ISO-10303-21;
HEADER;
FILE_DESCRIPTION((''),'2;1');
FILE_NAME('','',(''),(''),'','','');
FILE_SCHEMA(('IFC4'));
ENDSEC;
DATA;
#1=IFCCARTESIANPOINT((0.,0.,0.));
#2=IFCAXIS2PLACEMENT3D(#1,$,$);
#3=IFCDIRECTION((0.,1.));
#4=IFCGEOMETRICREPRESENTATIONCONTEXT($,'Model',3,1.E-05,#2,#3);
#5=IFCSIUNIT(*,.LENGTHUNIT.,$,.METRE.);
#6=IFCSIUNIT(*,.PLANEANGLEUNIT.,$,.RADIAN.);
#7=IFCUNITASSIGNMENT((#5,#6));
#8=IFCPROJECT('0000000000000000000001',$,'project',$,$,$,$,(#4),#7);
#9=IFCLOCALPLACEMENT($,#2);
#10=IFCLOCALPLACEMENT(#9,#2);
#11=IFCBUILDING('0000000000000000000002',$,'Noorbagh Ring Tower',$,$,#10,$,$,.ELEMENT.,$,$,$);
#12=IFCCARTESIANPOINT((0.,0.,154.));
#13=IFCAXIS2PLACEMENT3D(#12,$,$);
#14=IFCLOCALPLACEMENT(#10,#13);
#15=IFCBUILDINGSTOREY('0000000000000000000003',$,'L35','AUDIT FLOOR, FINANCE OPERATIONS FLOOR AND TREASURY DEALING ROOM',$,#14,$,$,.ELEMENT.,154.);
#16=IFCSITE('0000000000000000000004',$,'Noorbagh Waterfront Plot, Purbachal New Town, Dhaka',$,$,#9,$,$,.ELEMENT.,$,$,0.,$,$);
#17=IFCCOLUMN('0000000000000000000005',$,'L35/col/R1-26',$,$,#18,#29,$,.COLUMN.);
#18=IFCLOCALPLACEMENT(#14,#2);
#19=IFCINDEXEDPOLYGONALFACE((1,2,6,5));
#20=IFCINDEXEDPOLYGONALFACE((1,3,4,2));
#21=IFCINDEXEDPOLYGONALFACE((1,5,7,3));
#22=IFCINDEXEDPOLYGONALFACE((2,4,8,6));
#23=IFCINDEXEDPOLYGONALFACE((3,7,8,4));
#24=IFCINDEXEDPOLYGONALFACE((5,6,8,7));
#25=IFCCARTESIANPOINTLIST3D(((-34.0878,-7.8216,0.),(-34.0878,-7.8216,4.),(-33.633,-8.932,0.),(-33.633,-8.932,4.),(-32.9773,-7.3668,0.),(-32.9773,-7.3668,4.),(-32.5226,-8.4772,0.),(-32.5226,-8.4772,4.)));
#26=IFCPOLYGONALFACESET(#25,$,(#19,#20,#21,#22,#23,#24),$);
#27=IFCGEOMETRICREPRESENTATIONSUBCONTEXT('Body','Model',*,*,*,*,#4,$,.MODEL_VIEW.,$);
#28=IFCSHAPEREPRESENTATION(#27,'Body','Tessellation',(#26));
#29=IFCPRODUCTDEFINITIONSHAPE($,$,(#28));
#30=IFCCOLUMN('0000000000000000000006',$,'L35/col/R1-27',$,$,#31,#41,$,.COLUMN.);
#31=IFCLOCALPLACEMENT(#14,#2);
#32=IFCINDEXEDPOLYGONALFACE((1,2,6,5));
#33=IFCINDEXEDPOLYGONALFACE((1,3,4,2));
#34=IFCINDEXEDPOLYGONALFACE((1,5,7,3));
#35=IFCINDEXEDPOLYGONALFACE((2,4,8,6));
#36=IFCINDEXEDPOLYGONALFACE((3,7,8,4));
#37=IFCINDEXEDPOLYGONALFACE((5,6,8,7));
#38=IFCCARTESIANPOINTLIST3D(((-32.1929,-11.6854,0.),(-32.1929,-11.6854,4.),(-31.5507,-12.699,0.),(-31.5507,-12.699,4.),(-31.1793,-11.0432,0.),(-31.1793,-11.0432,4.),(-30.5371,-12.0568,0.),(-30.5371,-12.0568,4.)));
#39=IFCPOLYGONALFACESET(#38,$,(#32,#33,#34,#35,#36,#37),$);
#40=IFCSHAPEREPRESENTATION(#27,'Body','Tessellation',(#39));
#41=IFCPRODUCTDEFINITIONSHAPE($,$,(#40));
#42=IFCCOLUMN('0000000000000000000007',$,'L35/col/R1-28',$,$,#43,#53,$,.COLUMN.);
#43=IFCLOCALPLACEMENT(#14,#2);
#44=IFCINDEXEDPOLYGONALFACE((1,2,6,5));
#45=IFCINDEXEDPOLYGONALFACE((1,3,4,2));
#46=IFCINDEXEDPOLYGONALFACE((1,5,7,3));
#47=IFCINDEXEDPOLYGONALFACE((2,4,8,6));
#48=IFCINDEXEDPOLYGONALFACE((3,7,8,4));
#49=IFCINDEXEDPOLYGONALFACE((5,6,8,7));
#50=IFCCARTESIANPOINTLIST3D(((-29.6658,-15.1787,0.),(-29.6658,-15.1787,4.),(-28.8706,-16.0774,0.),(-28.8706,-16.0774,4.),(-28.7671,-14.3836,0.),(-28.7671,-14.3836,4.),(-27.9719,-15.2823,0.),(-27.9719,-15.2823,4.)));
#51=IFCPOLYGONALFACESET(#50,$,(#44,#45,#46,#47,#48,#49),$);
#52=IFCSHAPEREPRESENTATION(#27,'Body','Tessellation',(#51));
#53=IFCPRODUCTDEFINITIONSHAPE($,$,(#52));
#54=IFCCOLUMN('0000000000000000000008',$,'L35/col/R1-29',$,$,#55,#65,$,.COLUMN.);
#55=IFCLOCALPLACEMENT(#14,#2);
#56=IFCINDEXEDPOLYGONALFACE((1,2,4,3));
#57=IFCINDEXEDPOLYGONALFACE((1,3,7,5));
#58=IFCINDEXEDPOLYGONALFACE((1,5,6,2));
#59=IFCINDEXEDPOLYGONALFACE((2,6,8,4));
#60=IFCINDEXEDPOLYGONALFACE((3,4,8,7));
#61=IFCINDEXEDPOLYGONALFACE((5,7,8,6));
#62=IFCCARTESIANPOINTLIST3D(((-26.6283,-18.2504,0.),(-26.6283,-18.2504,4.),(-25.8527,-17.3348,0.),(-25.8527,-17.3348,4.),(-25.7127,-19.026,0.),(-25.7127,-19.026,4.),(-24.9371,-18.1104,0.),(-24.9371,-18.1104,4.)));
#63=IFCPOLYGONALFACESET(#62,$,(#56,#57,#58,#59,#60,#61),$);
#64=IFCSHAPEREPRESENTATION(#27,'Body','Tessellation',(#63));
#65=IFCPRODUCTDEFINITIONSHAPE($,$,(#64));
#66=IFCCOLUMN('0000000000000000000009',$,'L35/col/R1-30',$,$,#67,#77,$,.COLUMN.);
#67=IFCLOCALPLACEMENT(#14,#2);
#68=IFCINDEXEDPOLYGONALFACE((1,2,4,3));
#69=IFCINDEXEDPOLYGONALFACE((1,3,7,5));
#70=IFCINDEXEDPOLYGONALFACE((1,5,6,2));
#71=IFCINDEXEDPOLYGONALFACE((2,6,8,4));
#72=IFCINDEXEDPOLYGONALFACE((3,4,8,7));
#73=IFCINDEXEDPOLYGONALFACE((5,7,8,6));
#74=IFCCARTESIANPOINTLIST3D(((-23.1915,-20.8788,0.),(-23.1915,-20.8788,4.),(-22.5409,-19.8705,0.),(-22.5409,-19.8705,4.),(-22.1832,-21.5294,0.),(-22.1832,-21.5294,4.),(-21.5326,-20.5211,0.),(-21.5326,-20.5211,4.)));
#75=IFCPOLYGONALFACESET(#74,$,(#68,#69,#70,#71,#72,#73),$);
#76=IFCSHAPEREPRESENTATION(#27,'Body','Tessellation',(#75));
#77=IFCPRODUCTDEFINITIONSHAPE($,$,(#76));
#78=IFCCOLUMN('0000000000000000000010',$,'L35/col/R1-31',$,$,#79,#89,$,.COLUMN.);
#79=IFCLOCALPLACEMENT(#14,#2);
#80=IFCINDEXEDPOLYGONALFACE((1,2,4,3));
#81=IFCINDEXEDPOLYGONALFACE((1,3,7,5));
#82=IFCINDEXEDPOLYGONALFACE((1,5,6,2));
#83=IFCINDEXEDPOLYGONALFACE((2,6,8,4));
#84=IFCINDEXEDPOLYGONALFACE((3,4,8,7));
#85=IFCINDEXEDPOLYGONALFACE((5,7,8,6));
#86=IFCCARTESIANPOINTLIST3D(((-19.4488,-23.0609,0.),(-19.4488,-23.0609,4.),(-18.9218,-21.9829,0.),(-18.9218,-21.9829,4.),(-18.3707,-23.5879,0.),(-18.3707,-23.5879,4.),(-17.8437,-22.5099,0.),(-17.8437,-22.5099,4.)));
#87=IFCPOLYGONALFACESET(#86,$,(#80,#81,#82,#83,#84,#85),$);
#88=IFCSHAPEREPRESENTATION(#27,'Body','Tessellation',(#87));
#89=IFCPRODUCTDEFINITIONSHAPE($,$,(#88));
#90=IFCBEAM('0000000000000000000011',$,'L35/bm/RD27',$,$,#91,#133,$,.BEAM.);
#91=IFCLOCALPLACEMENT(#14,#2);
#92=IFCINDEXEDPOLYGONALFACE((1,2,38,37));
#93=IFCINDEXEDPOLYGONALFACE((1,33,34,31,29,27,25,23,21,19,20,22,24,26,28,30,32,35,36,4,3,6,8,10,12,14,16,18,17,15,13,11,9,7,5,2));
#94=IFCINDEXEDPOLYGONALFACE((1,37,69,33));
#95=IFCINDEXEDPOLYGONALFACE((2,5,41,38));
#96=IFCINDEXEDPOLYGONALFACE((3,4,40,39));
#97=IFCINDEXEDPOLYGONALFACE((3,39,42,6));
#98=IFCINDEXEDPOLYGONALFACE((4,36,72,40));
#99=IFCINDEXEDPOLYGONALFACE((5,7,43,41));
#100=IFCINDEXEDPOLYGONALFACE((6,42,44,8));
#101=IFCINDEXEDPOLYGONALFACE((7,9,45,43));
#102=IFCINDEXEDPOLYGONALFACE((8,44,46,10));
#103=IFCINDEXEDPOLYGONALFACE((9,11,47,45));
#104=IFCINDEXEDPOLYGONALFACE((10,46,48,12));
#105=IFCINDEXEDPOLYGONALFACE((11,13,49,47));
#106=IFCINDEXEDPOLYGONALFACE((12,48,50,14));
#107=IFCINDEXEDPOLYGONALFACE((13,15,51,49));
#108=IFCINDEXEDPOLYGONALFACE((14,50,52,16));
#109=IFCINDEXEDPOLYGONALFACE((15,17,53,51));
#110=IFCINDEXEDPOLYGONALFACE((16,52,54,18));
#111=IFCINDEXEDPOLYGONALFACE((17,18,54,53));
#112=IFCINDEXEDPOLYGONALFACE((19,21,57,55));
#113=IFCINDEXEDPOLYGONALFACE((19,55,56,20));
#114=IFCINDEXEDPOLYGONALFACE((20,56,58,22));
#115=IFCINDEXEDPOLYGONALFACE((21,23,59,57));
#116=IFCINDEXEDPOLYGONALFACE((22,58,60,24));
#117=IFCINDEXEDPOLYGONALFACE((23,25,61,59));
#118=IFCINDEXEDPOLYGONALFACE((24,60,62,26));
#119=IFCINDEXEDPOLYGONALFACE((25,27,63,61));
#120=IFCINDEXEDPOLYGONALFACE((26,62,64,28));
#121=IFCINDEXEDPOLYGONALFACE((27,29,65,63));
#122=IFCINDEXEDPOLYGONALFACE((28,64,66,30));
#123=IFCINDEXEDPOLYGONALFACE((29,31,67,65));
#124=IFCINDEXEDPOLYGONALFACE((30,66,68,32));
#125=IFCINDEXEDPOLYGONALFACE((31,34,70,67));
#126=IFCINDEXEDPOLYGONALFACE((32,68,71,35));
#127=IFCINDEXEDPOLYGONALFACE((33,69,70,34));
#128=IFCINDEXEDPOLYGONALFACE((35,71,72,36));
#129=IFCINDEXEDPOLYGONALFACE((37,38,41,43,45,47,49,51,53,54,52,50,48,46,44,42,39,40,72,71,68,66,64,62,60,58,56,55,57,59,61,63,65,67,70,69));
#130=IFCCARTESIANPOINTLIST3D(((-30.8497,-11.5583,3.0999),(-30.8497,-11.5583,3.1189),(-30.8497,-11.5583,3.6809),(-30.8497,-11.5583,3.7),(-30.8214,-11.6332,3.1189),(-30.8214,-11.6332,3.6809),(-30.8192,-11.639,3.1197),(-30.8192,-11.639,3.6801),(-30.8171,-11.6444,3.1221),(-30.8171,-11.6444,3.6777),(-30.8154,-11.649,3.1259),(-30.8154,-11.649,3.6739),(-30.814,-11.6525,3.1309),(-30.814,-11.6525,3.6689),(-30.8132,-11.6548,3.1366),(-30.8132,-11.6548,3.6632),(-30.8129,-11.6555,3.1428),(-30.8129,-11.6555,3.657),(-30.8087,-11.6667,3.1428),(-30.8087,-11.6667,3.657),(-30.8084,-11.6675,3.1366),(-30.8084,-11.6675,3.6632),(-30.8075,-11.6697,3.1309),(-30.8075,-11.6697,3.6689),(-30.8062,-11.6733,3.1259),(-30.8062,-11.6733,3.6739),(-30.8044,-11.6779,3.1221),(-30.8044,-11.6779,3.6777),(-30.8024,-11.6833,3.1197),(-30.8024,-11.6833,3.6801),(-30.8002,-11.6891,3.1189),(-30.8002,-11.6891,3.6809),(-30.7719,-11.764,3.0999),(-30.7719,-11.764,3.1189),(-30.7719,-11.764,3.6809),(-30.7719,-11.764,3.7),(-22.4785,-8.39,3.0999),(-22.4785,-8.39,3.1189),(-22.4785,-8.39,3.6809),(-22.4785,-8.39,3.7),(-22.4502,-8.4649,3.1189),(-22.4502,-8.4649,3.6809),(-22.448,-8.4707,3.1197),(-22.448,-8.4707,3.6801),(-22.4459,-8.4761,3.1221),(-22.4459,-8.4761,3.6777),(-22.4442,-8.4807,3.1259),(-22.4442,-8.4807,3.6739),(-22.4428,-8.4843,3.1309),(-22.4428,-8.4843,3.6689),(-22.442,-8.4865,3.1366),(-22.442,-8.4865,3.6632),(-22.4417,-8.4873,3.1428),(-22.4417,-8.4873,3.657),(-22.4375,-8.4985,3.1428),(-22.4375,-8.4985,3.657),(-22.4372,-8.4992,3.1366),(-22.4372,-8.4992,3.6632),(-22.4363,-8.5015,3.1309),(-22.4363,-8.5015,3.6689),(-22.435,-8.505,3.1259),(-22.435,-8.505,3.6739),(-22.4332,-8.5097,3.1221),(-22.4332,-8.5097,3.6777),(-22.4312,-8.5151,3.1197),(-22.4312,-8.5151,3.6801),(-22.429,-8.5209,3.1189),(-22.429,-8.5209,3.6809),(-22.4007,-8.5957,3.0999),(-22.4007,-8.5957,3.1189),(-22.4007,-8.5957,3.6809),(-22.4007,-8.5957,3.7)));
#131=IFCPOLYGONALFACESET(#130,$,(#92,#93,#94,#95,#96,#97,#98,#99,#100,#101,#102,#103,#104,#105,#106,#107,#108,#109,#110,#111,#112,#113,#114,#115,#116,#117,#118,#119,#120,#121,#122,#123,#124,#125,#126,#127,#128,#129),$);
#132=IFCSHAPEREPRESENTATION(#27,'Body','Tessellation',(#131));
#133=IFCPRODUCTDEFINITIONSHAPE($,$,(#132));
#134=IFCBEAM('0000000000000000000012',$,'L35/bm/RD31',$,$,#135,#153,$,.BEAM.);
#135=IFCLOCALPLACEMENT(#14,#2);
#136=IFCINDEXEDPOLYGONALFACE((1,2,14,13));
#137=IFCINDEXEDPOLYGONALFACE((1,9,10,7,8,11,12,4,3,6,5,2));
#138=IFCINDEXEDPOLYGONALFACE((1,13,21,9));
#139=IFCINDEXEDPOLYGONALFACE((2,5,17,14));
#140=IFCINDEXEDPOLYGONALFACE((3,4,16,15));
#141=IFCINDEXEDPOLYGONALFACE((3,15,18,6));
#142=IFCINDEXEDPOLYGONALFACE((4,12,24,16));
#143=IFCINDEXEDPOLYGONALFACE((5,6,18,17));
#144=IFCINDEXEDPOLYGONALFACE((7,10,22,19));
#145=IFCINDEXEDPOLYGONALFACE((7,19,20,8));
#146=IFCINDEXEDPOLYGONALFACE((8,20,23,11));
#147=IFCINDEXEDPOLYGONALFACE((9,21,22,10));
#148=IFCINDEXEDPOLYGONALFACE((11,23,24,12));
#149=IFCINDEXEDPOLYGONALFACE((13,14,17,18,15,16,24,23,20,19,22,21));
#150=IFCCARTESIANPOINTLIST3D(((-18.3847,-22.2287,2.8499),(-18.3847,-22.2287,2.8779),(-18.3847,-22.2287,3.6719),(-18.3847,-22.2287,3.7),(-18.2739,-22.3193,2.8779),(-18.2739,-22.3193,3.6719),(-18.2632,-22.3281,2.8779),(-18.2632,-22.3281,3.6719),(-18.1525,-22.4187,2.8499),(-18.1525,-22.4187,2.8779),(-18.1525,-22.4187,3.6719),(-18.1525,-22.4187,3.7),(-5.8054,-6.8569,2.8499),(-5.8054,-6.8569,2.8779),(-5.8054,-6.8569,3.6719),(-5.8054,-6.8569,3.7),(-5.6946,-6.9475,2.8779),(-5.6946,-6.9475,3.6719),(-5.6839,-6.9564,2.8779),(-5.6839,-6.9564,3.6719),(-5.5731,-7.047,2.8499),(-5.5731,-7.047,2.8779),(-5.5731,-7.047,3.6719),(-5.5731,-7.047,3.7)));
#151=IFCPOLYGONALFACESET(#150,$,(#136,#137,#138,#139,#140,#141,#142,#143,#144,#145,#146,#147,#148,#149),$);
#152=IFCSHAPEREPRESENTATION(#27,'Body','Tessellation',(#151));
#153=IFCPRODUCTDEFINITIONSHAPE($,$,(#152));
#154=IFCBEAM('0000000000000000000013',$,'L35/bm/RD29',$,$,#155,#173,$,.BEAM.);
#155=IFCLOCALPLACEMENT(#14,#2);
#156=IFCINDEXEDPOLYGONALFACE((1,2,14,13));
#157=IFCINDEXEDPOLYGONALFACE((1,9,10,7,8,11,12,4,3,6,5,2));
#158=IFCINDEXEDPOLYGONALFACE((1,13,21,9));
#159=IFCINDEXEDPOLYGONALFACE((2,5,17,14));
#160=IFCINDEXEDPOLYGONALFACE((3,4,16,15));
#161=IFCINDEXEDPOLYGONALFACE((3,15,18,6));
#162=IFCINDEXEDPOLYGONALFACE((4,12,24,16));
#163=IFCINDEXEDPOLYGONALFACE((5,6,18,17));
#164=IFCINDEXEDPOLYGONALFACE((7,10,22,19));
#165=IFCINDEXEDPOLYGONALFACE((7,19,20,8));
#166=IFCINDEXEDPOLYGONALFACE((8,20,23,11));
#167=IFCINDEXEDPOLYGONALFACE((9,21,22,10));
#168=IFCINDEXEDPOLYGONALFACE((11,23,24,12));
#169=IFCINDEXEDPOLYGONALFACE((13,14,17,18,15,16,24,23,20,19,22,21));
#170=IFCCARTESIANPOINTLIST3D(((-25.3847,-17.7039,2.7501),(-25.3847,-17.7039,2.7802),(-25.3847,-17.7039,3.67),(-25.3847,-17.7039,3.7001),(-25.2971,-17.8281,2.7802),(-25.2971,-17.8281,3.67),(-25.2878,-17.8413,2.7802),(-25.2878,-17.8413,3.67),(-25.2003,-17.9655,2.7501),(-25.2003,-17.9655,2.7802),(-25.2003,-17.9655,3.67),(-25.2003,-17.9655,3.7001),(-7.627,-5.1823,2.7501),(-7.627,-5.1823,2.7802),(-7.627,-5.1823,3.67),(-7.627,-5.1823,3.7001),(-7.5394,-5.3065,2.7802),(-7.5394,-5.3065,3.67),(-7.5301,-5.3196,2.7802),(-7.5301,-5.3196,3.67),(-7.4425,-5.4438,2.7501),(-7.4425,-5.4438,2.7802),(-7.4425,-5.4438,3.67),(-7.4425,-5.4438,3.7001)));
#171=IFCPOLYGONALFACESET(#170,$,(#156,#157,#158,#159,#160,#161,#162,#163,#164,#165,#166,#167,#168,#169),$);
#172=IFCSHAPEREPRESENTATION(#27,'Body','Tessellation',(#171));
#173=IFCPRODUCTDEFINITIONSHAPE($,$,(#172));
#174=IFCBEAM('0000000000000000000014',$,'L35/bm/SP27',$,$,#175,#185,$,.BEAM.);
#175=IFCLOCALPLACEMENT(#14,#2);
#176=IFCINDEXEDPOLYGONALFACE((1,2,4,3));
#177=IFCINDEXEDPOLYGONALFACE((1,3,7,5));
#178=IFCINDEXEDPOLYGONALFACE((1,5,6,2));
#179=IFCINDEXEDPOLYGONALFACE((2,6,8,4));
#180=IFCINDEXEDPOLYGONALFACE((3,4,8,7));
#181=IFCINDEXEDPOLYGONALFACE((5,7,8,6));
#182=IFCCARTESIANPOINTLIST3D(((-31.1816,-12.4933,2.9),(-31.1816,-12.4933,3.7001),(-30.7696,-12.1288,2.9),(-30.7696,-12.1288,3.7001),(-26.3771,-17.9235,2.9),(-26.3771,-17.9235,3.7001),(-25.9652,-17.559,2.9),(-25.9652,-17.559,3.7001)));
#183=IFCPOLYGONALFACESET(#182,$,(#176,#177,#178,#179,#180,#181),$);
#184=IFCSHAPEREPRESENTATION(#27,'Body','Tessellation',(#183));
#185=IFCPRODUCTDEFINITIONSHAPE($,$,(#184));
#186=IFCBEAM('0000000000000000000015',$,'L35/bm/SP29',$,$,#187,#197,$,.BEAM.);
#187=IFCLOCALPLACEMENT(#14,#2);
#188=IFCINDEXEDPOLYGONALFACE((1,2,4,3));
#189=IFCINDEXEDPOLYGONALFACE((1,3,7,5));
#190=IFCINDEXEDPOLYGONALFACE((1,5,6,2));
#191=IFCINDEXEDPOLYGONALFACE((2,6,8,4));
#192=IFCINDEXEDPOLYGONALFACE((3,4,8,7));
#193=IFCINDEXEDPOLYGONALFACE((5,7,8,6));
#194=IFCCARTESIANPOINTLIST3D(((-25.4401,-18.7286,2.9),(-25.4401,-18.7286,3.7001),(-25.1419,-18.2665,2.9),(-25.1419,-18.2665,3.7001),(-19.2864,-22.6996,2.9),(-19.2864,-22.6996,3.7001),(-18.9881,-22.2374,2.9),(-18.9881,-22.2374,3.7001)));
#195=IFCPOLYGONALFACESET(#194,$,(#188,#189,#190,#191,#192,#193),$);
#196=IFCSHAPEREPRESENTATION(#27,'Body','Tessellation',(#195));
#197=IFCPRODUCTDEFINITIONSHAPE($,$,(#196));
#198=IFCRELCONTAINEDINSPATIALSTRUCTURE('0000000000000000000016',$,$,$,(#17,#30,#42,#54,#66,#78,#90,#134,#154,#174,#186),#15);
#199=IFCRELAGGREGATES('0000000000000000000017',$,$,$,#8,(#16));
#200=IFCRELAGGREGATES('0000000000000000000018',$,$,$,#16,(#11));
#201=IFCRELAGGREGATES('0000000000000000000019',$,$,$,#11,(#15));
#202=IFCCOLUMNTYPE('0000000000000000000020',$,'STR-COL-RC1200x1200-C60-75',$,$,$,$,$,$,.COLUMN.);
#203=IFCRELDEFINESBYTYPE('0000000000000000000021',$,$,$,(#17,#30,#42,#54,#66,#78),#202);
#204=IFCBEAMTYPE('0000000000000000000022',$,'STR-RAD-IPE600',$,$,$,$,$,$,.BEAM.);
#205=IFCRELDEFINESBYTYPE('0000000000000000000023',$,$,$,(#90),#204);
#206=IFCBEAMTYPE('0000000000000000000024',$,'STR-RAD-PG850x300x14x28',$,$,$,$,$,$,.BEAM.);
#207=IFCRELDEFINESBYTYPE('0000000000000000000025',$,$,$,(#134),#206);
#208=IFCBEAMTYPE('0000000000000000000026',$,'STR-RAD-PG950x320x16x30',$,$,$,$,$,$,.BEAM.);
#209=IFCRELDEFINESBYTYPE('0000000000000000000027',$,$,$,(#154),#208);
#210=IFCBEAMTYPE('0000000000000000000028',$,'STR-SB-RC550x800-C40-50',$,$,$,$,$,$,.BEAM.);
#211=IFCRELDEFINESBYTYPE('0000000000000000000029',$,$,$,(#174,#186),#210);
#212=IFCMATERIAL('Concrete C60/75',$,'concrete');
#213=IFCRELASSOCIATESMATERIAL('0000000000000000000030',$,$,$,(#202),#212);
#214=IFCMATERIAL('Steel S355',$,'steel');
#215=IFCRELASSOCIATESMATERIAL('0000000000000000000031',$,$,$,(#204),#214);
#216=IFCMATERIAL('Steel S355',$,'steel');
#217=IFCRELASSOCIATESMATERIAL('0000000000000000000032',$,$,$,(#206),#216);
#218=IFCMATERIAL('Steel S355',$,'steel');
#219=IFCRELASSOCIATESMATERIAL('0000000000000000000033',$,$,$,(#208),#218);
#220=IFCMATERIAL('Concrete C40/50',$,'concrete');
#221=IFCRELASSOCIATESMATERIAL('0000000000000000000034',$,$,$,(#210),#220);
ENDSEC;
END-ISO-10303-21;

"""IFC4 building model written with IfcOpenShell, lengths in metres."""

from ifc_helpers import new_model, si_unit, direction, frame, origin, origin_2d, place, context, subcontext, project, spatial, rectangle, i_section, extrude, material, material_profile, profile_set, type_object, element, save


model = new_model("IFC4")

# Units and contexts
model_context = context("Model", 3, precision=1e-05, world=origin(), true_north=direction((0.0, 1.0)))
body_context = subcontext(model_context, "Body", "Model", "MODEL_VIEW")
ifc_project = project(units=[si_unit("LENGTHUNIT", "METRE"), si_unit("PLANEANGLEUNIT", "RADIAN")], contexts=[model_context])

# Site, building, storey
site_placement = place(None, origin())
site = spatial("IfcSite", under=ifc_project, at=site_placement, Name="Noorbagh Waterfront Plot, Purbachal New Town, Dhaka", CompositionType="ELEMENT", RefElevation=0.0)
building_placement = place(site_placement, origin())
building = spatial("IfcBuilding", under=site, at=building_placement, Name="Noorbagh Ring Tower", CompositionType="ELEMENT")
storey_placement = place(building_placement, frame((0.0, 0.0, 154.0)))
storey = spatial("IfcBuildingStorey", under=building, at=storey_placement, Name="L35", Description="AUDIT FLOOR, FINANCE OPERATIONS FLOOR AND TREASURY DEALING ROOM", CompositionType="ELEMENT", Elevation=154.0)

# Columns
ifc_material_1 = material(Name="Concrete C60/75", Category="concrete")
ifc_material_profile_1 = material_profile(ifc_material_1, rectangle(XDim=1.2, YDim=1.2, at=origin_2d()), Name="RC1200x1200")
ifc_profile_set_1 = profile_set([ifc_material_profile_1], Name="Concrete C60/75")
column_type = type_object("IfcColumnType", Name="STR-COL-RC1200x1200-C60-75", PredefinedType="COLUMN", material=ifc_profile_set_1)
for number, where, z_axis, x_axis, name in (
    (1, (-33.3052, -8.1494, 0.0), (0.0, 0.0, 1.0), (0.378989, -0.925401, 0.0), "L35/col/R1-26"),
    (2, (-31.365, -11.8711, 0.0), (0.0, 0.0, 1.0), (0.53519, -0.844731, 0.0), "L35/col/R1-27"),
    (3, (-28.8188, -15.2305, 0.0), (0.0, 0.0, 1.0), (0.662636, -0.748942, 0.0), "L35/col/R1-28"),
    (4, (-25.7827, -18.1804, 0.0), (0.0, 0.0, 1.0), (0.763035, -0.646357, 0.0), "L35/col/R1-29"),
    (5, (-22.3621, -20.7, 0.0), (0.0, 0.0, 1.0), (0.840248, -0.542203, 0.0), "L35/col/R1-30"),
    (6, (-18.6462, -22.7854, 0.0), (0.0, 0.0, 1.0), (0.898399, -0.43918, 0.0), "L35/col/R1-31"),
):
    element("IfcColumn", number, at=place(storey_placement, frame(where, z_axis=z_axis, x_axis=x_axis)), inside=storey, type_object=column_type, Name=name, PredefinedType="COLUMN", context=body_context, shape_type="SweptSolid", body=[
        extrude(rectangle(XDim=1.2, YDim=1.2, at=origin_2d()), origin(), (0.0, 0.0, 1.0), 4.0),
    ])

# Beams
ifc_material_2 = material(Name="Steel S355", Category="steel")
ifc_material_profile_2 = material_profile(ifc_material_2, i_section(OverallWidth=0.22, OverallDepth=0.6001, WebThickness=0.012, FlangeThickness=0.019, FilletRadius=0.0239, at=origin_2d()), Name="IPE600")
ifc_profile_set_2 = profile_set([ifc_material_profile_2], Name="Steel S355")
beam_type_1 = type_object("IfcBeamType", Name="STR-RAD-IPE600", PredefinedType="BEAM", material=ifc_profile_set_2)
beam_1_placement = place(storey_placement, frame((-30.8108, -11.6611, 3.3999), z_axis=(0.935258, 0.353968, 0.0), x_axis=(-0.353968, 0.935258, 0.0)))
element("IfcBeam", 7, at=beam_1_placement, inside=storey, type_object=beam_type_1, Name="L35/bm/RD27", PredefinedType="BEAM", context=body_context, shape_type="SweptSolid", body=[
    extrude(i_section(OverallWidth=0.22, OverallDepth=0.6001, WebThickness=0.012, FlangeThickness=0.019, FilletRadius=0.0239, at=origin_2d()), origin(), (0.0, 0.0, 1.0), 8.9507),
])
ifc_material_3 = material(Name="Steel S355", Category="steel")
ifc_material_profile_3 = material_profile(ifc_material_3, i_section(OverallWidth=0.3, OverallDepth=0.8501, WebThickness=0.0139, FlangeThickness=0.0281, at=origin_2d()), Name="PG850x300x14x28")
ifc_profile_set_3 = profile_set([ifc_material_profile_3], Name="Steel S355")
beam_type_2 = type_object("IfcBeamType", Name="STR-RAD-PG850x300x14x28", PredefinedType="BEAM", material=ifc_profile_set_3)
beam_2_placement = place(storey_placement, frame((-18.2686, -22.3237, 3.2749), z_axis=(0.63331, 0.773898, 0.0), x_axis=(-0.773898, 0.63331, 0.0)))
element("IfcBeam", 8, at=beam_2_placement, inside=storey, type_object=beam_type_2, Name="L35/bm/RD31", PredefinedType="BEAM", context=body_context, shape_type="SweptSolid", body=[
    extrude(i_section(OverallWidth=0.3, OverallDepth=0.8501, WebThickness=0.0139, FlangeThickness=0.0281, at=origin_2d()), origin(), (0.0, 0.0, 1.0), 19.8628),
])
ifc_material_4 = material(Name="Steel S355", Category="steel")
ifc_material_profile_4 = material_profile(ifc_material_4, i_section(OverallWidth=0.3201, OverallDepth=0.95, WebThickness=0.0161, FlangeThickness=0.03, at=origin_2d()), Name="PG950x320x16x30")
ifc_profile_set_4 = profile_set([ifc_material_profile_4], Name="Steel S355")
beam_type_3 = type_object("IfcBeamType", Name="STR-RAD-PG950x320x16x30", PredefinedType="BEAM", material=ifc_profile_set_4)
beam_3_placement = place(storey_placement, frame((-25.2925, -17.8347, 3.2251), z_axis=(0.817254, 0.576278, 0.0), x_axis=(-0.576278, 0.817254, 0.0)))
element("IfcBeam", 9, at=beam_3_placement, inside=storey, type_object=beam_type_3, Name="L35/bm/RD29", PredefinedType="BEAM", context=body_context, shape_type="SweptSolid", body=[
    extrude(i_section(OverallWidth=0.3201, OverallDepth=0.95, WebThickness=0.0161, FlangeThickness=0.03, at=origin_2d()), origin(), (0.0, 0.0, 1.0), 21.7285),
])
ifc_material_5 = material(Name="Concrete C40/50", Category="concrete")
ifc_material_profile_5 = material_profile(ifc_material_5, rectangle(XDim=0.55, YDim=0.8, at=origin_2d()), Name="RC550x800")
ifc_profile_set_5 = profile_set([ifc_material_profile_5], Name="Concrete C40/50")
beam_type_4 = type_object("IfcBeamType", Name="STR-SB-RC550x800-C40-50", PredefinedType="BEAM", material=ifc_profile_set_5)
beam_4_placement = place(storey_placement, frame((-30.9756, -12.311, 3.3), z_axis=(0.662638, -0.74894, 0.0), x_axis=(0.74894, 0.662638, 0.0)))
element("IfcBeam", 10, at=beam_4_placement, inside=storey, type_object=beam_type_4, Name="L35/bm/SP27", PredefinedType="BEAM", context=body_context, shape_type="SweptSolid", body=[
    extrude(rectangle(XDim=0.55, YDim=0.8, at=origin_2d()), origin(), (0.0, 0.0, 1.0), 7.2505),
])
beam_5_placement = place(storey_placement, frame((-25.291, -18.4976, 3.3), z_axis=(0.84025, -0.542199, 0.0), x_axis=(0.542199, 0.84025, 0.0)))
element("IfcBeam", 11, at=beam_5_placement, inside=storey, type_object=beam_type_4, Name="L35/bm/SP29", PredefinedType="BEAM", context=body_context, shape_type="SweptSolid", body=[
    extrude(rectangle(XDim=0.55, YDim=0.8, at=origin_2d()), origin(), (0.0, 0.0, 1.0), 7.3237),
])

save(model, "model.ifc")
